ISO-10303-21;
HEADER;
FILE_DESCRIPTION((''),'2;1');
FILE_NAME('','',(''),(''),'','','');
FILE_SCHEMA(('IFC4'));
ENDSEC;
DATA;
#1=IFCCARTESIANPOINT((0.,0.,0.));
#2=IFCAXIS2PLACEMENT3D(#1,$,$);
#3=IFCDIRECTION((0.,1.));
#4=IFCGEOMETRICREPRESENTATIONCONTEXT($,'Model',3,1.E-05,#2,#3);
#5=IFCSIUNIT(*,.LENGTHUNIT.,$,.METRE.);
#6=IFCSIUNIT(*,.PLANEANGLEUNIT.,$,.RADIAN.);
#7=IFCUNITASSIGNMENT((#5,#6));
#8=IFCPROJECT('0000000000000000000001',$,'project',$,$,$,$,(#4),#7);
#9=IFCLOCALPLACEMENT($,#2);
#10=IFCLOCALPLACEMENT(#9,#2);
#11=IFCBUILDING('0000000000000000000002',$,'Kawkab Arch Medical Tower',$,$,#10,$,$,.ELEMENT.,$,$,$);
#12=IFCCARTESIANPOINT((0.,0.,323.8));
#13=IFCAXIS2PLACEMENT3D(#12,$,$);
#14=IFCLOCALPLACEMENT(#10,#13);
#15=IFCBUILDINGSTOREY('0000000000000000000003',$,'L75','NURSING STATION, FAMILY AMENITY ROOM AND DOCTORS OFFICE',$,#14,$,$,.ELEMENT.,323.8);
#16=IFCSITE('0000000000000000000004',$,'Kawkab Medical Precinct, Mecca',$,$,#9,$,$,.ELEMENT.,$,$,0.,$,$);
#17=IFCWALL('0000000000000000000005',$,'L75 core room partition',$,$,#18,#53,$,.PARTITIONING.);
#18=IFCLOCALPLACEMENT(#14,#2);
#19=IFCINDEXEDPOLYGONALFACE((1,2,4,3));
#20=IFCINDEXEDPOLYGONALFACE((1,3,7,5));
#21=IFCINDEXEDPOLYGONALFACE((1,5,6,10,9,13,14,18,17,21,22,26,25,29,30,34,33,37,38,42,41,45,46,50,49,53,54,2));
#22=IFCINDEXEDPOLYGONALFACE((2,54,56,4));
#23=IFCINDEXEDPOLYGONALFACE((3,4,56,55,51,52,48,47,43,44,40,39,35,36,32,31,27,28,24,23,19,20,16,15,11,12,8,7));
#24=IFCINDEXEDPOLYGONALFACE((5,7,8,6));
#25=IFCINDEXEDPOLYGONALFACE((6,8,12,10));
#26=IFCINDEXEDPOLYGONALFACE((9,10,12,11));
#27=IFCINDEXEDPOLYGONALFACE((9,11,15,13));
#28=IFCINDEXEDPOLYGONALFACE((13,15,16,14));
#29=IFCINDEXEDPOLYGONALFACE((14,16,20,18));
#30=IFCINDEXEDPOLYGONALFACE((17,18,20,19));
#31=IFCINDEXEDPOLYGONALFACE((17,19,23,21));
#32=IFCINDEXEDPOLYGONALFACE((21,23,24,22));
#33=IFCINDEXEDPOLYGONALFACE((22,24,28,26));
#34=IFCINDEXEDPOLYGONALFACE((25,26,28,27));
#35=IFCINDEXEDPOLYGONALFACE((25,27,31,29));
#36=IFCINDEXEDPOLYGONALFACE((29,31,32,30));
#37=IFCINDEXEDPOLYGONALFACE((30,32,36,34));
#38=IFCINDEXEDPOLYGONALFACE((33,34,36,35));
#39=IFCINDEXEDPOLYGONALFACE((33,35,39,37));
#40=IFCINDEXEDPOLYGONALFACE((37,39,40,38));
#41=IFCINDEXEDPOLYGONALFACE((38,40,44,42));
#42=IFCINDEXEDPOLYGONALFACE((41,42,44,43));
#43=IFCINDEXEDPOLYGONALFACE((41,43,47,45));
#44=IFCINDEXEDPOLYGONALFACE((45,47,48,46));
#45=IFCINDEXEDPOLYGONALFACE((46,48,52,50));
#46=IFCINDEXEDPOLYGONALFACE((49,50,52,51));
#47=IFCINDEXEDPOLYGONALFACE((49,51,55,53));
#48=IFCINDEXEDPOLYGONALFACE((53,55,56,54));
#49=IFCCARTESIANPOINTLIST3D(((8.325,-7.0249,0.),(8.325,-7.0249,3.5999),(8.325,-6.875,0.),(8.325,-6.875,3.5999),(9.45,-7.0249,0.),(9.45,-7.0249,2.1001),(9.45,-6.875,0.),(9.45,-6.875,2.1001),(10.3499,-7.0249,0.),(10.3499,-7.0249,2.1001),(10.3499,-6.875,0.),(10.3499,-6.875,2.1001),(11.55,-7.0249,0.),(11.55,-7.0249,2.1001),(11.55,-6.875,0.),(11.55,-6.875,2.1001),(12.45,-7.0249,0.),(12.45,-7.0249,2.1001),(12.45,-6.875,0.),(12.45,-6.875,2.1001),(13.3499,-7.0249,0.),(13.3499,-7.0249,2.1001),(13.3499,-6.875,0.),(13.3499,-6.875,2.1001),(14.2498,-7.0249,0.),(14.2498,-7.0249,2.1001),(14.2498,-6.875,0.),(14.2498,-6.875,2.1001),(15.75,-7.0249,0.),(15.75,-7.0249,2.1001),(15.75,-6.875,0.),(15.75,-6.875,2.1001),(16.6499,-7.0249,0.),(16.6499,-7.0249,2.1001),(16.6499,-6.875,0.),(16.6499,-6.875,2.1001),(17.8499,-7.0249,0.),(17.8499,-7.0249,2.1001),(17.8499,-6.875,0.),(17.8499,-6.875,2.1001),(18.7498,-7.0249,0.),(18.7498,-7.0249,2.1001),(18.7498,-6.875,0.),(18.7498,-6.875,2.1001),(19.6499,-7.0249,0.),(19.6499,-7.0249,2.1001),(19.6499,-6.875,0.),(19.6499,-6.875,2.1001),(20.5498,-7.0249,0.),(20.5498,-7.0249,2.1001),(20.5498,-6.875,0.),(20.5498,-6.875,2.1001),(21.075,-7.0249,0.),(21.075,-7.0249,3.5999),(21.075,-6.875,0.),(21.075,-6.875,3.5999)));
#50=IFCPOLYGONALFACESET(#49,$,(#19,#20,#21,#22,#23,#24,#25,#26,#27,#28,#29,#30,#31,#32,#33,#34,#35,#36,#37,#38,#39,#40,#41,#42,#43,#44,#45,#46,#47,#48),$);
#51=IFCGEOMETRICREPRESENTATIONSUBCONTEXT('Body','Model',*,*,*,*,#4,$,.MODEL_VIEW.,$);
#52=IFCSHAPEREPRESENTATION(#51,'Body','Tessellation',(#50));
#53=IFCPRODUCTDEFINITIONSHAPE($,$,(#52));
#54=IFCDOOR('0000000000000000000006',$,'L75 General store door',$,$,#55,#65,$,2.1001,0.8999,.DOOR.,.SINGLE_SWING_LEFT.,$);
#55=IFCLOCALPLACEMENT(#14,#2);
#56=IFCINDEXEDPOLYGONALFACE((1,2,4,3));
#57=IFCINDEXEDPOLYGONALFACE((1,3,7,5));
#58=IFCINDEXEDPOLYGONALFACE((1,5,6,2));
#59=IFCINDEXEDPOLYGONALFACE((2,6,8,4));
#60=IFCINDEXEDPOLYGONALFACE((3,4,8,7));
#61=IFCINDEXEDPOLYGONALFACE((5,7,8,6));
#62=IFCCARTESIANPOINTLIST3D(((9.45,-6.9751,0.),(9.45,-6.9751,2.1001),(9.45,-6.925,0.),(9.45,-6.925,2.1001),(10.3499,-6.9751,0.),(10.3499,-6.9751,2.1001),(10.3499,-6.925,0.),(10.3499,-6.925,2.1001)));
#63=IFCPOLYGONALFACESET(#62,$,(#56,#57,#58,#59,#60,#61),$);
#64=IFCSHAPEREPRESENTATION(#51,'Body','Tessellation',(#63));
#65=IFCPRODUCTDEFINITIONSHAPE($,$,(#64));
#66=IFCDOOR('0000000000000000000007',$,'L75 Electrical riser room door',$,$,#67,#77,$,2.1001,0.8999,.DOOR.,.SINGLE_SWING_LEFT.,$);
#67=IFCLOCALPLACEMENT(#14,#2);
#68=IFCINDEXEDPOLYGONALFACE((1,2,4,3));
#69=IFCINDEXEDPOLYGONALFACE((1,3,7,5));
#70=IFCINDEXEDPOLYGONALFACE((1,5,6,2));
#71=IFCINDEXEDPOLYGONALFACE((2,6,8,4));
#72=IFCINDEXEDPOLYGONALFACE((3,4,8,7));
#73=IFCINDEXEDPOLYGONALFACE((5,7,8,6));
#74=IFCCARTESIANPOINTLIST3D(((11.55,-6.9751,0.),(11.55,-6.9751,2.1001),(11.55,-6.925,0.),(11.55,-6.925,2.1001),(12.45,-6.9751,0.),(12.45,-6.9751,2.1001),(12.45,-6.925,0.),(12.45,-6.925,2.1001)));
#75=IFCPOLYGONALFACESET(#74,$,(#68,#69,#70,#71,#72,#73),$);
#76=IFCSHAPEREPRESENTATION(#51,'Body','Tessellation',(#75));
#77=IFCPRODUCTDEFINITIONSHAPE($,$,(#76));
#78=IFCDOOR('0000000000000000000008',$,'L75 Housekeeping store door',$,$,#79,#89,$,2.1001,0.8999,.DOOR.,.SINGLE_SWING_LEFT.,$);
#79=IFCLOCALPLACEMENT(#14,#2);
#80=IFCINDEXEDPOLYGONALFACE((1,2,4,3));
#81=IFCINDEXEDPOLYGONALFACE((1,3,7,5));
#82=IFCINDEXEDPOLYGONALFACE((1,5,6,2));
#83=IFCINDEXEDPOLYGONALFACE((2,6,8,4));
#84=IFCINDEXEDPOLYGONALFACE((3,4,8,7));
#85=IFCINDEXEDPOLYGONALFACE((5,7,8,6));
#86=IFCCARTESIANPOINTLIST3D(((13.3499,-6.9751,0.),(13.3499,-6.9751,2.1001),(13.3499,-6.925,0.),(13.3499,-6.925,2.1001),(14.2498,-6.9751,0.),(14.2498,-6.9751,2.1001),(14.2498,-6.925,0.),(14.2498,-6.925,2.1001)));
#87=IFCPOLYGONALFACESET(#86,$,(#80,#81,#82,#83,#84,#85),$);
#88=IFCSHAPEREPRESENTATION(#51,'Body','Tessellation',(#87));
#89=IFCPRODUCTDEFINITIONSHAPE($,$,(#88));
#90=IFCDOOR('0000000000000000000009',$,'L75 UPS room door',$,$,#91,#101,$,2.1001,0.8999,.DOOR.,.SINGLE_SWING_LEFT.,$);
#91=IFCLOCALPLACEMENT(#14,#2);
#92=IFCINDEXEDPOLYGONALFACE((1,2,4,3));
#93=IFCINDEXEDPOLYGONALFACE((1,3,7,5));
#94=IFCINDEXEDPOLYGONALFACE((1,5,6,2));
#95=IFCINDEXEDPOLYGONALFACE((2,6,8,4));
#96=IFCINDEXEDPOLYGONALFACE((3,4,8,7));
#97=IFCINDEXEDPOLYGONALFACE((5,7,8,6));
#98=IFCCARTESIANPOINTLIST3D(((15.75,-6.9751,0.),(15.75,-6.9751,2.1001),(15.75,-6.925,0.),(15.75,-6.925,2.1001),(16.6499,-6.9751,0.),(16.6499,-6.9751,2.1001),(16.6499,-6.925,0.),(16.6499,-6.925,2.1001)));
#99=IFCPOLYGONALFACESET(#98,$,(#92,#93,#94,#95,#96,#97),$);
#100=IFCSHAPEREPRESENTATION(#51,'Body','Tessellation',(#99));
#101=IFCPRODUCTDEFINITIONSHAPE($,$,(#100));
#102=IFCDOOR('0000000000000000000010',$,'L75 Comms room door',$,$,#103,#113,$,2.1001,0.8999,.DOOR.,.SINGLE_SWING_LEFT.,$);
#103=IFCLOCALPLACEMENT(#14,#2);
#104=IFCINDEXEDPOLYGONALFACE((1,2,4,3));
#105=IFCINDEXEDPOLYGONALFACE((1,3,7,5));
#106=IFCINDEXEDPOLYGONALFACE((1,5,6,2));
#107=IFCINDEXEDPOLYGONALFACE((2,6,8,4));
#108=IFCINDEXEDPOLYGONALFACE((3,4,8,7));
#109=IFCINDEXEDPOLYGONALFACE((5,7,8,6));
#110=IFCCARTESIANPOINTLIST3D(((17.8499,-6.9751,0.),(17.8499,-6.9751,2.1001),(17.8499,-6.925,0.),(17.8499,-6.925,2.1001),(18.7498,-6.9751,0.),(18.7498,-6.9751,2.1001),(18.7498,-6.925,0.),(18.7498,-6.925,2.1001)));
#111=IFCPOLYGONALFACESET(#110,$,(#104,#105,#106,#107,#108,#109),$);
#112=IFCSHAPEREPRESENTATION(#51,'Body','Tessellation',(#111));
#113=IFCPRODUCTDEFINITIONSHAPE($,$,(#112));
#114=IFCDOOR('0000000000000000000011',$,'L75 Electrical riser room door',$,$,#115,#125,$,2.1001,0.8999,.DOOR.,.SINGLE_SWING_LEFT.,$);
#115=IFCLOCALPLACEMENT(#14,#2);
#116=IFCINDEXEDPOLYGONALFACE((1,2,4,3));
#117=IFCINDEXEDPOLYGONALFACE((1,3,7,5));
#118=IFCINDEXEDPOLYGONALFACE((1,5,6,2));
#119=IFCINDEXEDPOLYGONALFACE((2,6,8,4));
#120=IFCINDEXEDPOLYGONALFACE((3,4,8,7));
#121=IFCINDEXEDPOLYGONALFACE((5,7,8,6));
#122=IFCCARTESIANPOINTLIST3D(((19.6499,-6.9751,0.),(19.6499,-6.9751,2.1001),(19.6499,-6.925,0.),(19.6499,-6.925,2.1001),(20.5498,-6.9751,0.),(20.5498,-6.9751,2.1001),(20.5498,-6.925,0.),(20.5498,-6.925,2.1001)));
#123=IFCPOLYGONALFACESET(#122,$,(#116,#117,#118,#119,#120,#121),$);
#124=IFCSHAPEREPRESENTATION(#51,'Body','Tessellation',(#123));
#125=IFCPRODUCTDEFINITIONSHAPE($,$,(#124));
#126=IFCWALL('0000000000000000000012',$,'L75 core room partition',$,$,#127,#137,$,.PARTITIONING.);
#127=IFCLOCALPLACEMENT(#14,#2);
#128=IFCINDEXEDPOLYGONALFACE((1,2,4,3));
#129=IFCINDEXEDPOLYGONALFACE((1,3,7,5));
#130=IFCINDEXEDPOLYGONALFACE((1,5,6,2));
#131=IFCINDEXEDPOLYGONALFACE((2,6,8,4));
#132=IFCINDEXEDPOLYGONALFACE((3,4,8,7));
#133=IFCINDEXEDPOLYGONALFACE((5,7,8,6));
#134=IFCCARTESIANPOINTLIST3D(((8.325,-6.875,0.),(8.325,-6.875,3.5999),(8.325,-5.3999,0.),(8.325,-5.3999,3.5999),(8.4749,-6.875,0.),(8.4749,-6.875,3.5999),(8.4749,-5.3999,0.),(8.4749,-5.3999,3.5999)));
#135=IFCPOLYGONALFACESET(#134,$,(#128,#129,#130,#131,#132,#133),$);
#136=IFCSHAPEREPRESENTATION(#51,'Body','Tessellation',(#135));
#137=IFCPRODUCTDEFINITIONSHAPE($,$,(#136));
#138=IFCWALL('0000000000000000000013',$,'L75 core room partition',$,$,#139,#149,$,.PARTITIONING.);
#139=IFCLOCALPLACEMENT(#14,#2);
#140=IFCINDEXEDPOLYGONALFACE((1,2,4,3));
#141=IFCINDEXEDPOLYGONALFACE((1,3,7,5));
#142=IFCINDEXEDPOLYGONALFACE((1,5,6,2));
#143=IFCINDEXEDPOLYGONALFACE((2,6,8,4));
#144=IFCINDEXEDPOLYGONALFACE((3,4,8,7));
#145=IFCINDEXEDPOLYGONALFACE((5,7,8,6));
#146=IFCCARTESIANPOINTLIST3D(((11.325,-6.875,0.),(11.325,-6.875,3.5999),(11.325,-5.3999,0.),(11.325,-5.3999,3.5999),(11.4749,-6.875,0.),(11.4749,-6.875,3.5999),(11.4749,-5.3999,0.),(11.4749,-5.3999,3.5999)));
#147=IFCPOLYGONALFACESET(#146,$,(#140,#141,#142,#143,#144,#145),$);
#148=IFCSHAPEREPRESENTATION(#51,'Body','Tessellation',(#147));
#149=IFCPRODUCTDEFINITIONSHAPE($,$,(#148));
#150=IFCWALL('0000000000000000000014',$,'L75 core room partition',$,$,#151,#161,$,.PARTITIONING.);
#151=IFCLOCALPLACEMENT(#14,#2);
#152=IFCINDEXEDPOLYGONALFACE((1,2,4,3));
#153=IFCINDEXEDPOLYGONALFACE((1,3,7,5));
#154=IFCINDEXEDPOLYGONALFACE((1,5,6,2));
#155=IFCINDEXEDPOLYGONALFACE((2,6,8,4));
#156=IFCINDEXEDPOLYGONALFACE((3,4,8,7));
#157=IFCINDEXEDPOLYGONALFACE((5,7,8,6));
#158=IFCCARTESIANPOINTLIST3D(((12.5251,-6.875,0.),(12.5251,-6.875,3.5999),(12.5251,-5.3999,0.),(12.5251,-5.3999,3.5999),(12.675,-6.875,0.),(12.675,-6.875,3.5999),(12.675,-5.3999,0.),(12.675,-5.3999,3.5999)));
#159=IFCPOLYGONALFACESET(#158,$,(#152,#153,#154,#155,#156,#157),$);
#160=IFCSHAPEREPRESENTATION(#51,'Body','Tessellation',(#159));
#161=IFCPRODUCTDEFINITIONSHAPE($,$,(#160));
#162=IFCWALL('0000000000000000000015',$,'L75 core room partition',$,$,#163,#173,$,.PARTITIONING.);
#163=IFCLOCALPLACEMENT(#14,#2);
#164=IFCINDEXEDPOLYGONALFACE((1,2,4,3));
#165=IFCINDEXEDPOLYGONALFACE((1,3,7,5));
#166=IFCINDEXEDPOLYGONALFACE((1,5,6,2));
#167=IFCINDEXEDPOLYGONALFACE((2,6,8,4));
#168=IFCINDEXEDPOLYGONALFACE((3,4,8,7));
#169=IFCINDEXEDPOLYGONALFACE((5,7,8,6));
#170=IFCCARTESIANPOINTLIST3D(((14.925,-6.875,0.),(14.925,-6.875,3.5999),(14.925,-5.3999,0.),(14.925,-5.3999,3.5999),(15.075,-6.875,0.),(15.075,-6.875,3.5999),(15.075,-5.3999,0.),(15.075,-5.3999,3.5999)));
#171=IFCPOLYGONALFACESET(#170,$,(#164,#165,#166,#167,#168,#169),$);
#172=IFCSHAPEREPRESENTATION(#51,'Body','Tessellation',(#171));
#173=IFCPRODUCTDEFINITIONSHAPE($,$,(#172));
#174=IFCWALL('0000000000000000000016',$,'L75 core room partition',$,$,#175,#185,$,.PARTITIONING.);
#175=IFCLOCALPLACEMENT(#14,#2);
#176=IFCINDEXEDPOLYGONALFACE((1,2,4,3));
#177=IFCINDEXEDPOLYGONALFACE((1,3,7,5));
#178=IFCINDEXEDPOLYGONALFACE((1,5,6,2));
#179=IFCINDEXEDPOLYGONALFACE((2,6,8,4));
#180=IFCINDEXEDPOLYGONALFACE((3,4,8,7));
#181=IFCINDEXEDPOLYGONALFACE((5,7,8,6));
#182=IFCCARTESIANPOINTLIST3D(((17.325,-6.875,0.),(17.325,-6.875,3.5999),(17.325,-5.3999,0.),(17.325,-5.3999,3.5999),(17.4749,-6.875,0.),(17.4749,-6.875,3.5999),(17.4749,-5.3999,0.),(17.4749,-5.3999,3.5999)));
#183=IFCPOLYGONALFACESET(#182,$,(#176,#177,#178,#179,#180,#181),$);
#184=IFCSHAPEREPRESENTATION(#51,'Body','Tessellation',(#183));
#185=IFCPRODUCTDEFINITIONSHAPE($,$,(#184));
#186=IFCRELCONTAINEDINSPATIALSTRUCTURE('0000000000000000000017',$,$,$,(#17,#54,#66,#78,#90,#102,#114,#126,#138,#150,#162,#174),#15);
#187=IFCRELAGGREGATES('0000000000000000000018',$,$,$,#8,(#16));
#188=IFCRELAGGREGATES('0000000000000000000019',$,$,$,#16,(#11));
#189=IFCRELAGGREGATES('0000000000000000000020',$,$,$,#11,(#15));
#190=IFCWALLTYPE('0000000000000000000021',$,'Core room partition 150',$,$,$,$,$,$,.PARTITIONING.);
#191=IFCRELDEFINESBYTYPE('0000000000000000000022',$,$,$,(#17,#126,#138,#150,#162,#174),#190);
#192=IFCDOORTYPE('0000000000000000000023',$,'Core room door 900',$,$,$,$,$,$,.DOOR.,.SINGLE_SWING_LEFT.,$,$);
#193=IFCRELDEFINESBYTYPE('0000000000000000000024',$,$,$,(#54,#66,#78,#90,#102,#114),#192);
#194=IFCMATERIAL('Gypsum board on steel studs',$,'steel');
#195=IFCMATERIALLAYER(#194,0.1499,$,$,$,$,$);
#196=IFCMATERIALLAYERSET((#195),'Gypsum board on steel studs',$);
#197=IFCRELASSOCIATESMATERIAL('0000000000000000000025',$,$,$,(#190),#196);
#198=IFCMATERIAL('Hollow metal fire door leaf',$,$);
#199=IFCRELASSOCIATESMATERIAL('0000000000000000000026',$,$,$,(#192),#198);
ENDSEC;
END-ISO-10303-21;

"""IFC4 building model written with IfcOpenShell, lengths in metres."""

from ifc_helpers import new_model, si_unit, direction, frame, frame_2d, origin, place, context, subcontext, project, spatial, rectangle, extrude, material, layer, layer_set, type_object, element, fill, save


model = new_model("IFC4")

# Units and contexts
model_context = context("Model", 3, precision=1e-05, world=origin(), true_north=direction((0.0, 1.0)))
body_context = subcontext(model_context, "Body", "Model", "MODEL_VIEW")
ifc_project = project(units=[si_unit("LENGTHUNIT", "METRE"), si_unit("PLANEANGLEUNIT", "RADIAN")], contexts=[model_context])

# Site, building, storey
site_placement = place(None, origin())
site = spatial("IfcSite", under=ifc_project, at=site_placement, Name="Kawkab Medical Precinct, Mecca", CompositionType="ELEMENT", RefElevation=0.0)
building_placement = place(site_placement, origin())
building = spatial("IfcBuilding", under=site, at=building_placement, Name="Kawkab Arch Medical Tower", CompositionType="ELEMENT")
storey_placement = place(building_placement, frame((0.0, 0.0, 323.8)))
storey = spatial("IfcBuildingStorey", under=building, at=storey_placement, Name="L75", Description="NURSING STATION, FAMILY AMENITY ROOM AND DOCTORS OFFICE", CompositionType="ELEMENT", Elevation=323.8)

# Wall, openings, doors
ifc_material_1 = material(Name="Gypsum board on steel studs", Category="steel")
ifc_layer_1 = layer(ifc_material_1, 0.1499)
ifc_layer_set_1 = layer_set([ifc_layer_1], Name="Gypsum board on steel studs")
wall_type_1 = type_object("IfcWallType", Name="Core room partition 150", PredefinedType="PARTITIONING", material=ifc_layer_set_1)
wall_1_placement = place(storey_placement, frame((8.325, -6.95, 0.0), z_axis=(0.0, 0.0, 1.0), x_axis=(1.0, 0.0, 0.0)))
wall_1 = element("IfcWall", 1, at=wall_1_placement, inside=storey, type_object=wall_type_1, Name="L75 core room partition", PredefinedType="PARTITIONING", context=body_context, shape_type="SweptSolid", body=[
    extrude(rectangle(XDim=12.75, YDim=0.1499, at=frame_2d((6.375, 0.0))), origin(), (0.0, 0.0, 1.0), 3.5999),
])
opening_1_placement = place(wall_1_placement, frame((1.125, 0.0, 0.0)))
opening_1 = element("IfcOpeningElement", 2, at=opening_1_placement, cuts=wall_1, PredefinedType="OPENING", context=body_context, shape_type="SweptSolid", body=[
    extrude(rectangle(XDim=0.8999, YDim=2.1001, at=frame_2d((0.45, 1.05))), frame((0.0, 0.085, 0.0), z_axis=(0.0, -1.0, 0.0), x_axis=(1.0, 0.0, 0.0)), (0.0, 0.0, 1.0), 0.1699),
])
opening_2_placement = place(wall_1_placement, frame((3.2251, 0.0, 0.0)))
opening_2 = element("IfcOpeningElement", 3, at=opening_2_placement, cuts=wall_1, PredefinedType="OPENING", context=body_context, shape_type="SweptSolid", body=[
    extrude(rectangle(XDim=0.8999, YDim=2.1001, at=frame_2d((0.45, 1.05))), frame((0.0, 0.085, 0.0), z_axis=(0.0, -1.0, 0.0), x_axis=(1.0, 0.0, 0.0)), (0.0, 0.0, 1.0), 0.1699),
])
opening_3_placement = place(wall_1_placement, frame((5.0249, 0.0, 0.0)))
opening_3 = element("IfcOpeningElement", 4, at=opening_3_placement, cuts=wall_1, PredefinedType="OPENING", context=body_context, shape_type="SweptSolid", body=[
    extrude(rectangle(XDim=0.8999, YDim=2.1001, at=frame_2d((0.45, 1.05))), frame((0.0, 0.085, 0.0), z_axis=(0.0, -1.0, 0.0), x_axis=(1.0, 0.0, 0.0)), (0.0, 0.0, 1.0), 0.1699),
])
opening_4_placement = place(wall_1_placement, frame((7.425, 0.0, 0.0)))
opening_4 = element("IfcOpeningElement", 5, at=opening_4_placement, cuts=wall_1, PredefinedType="OPENING", context=body_context, shape_type="SweptSolid", body=[
    extrude(rectangle(XDim=0.8999, YDim=2.1001, at=frame_2d((0.45, 1.05))), frame((0.0, 0.085, 0.0), z_axis=(0.0, -1.0, 0.0), x_axis=(1.0, 0.0, 0.0)), (0.0, 0.0, 1.0), 0.1699),
])
opening_5_placement = place(wall_1_placement, frame((9.5249, 0.0, 0.0)))
opening_5 = element("IfcOpeningElement", 6, at=opening_5_placement, cuts=wall_1, PredefinedType="OPENING", context=body_context, shape_type="SweptSolid", body=[
    extrude(rectangle(XDim=0.8999, YDim=2.1001, at=frame_2d((0.45, 1.05))), frame((0.0, 0.085, 0.0), z_axis=(0.0, -1.0, 0.0), x_axis=(1.0, 0.0, 0.0)), (0.0, 0.0, 1.0), 0.1699),
])
opening_6_placement = place(wall_1_placement, frame((11.325, 0.0, 0.0)))
opening_6 = element("IfcOpeningElement", 7, at=opening_6_placement, cuts=wall_1, PredefinedType="OPENING", context=body_context, shape_type="SweptSolid", body=[
    extrude(rectangle(XDim=0.8999, YDim=2.1001, at=frame_2d((0.45, 1.05))), frame((0.0, 0.085, 0.0), z_axis=(0.0, -1.0, 0.0), x_axis=(1.0, 0.0, 0.0)), (0.0, 0.0, 1.0), 0.1699),
])
ifc_material_2 = material(Name="Hollow metal fire door leaf")
door_type = type_object("IfcDoorType", Name="Core room door 900", OperationType="SINGLE_SWING_LEFT", PredefinedType="DOOR", material=ifc_material_2)
door_1_placement = place(opening_1_placement, origin())
door_1 = element("IfcDoor", 8, at=door_1_placement, inside=storey, type_object=door_type, Name="L75 General store door", OperationType="SINGLE_SWING_LEFT", OverallHeight=2.1001, OverallWidth=0.8999, PredefinedType="DOOR", context=body_context, shape_type="SweptSolid", body=[
    extrude(rectangle(XDim=0.8999, YDim=2.1001, at=frame_2d((0.45, 1.05))), frame((0.0, 0.0249, 0.0), z_axis=(0.0, -1.0, 0.0), x_axis=(1.0, 0.0, 0.0)), (0.0, 0.0, 1.0), 0.05),
])
fill(opening_1, door_1)
door_2_placement = place(opening_2_placement, origin())
door_2 = element("IfcDoor", 9, at=door_2_placement, inside=storey, type_object=door_type, Name="L75 Electrical riser room door", OperationType="SINGLE_SWING_LEFT", OverallHeight=2.1001, OverallWidth=0.8999, PredefinedType="DOOR", context=body_context, shape_type="SweptSolid", body=[
    extrude(rectangle(XDim=0.8999, YDim=2.1001, at=frame_2d((0.45, 1.05))), frame((0.0, 0.0249, 0.0), z_axis=(0.0, -1.0, 0.0), x_axis=(1.0, 0.0, 0.0)), (0.0, 0.0, 1.0), 0.05),
])
fill(opening_2, door_2)
door_3_placement = place(opening_3_placement, origin())
door_3 = element("IfcDoor", 10, at=door_3_placement, inside=storey, type_object=door_type, Name="L75 Housekeeping store door", OperationType="SINGLE_SWING_LEFT", OverallHeight=2.1001, OverallWidth=0.8999, PredefinedType="DOOR", context=body_context, shape_type="SweptSolid", body=[
    extrude(rectangle(XDim=0.8999, YDim=2.1001, at=frame_2d((0.45, 1.05))), frame((0.0, 0.0249, 0.0), z_axis=(0.0, -1.0, 0.0), x_axis=(1.0, 0.0, 0.0)), (0.0, 0.0, 1.0), 0.05),
])
fill(opening_3, door_3)
door_4_placement = place(opening_4_placement, origin())
door_4 = element("IfcDoor", 11, at=door_4_placement, inside=storey, type_object=door_type, Name="L75 UPS room door", OperationType="SINGLE_SWING_LEFT", OverallHeight=2.1001, OverallWidth=0.8999, PredefinedType="DOOR", context=body_context, shape_type="SweptSolid", body=[
    extrude(rectangle(XDim=0.8999, YDim=2.1001, at=frame_2d((0.45, 1.05))), frame((0.0, 0.0249, 0.0), z_axis=(0.0, -1.0, 0.0), x_axis=(1.0, 0.0, 0.0)), (0.0, 0.0, 1.0), 0.05),
])
fill(opening_4, door_4)
door_5_placement = place(opening_5_placement, origin())
door_5 = element("IfcDoor", 12, at=door_5_placement, inside=storey, type_object=door_type, Name="L75 Comms room door", OperationType="SINGLE_SWING_LEFT", OverallHeight=2.1001, OverallWidth=0.8999, PredefinedType="DOOR", context=body_context, shape_type="SweptSolid", body=[
    extrude(rectangle(XDim=0.8999, YDim=2.1001, at=frame_2d((0.45, 1.05))), frame((0.0, 0.0249, 0.0), z_axis=(0.0, -1.0, 0.0), x_axis=(1.0, 0.0, 0.0)), (0.0, 0.0, 1.0), 0.05),
])
fill(opening_5, door_5)
door_6_placement = place(opening_6_placement, origin())
door_6 = element("IfcDoor", 13, at=door_6_placement, inside=storey, type_object=door_type, Name="L75 Electrical riser room door", OperationType="SINGLE_SWING_LEFT", OverallHeight=2.1001, OverallWidth=0.8999, PredefinedType="DOOR", context=body_context, shape_type="SweptSolid", body=[
    extrude(rectangle(XDim=0.8999, YDim=2.1001, at=frame_2d((0.45, 1.05))), frame((0.0, 0.0249, 0.0), z_axis=(0.0, -1.0, 0.0), x_axis=(1.0, 0.0, 0.0)), (0.0, 0.0, 1.0), 0.05),
])
fill(opening_6, door_6)

# Walls
for number, where, z_axis, x_axis, name in (
    (14, (8.3999, -6.875, 0.0), (0.0, 0.0, 1.0), (0.0, 1.0, 0.0), "L75 core room partition"),
    (15, (11.3999, -6.875, 0.0), (0.0, 0.0, 1.0), (0.0, 1.0, 0.0), "L75 core room partition"),
    (16, (12.6001, -6.875, 0.0), (0.0, 0.0, 1.0), (0.0, 1.0, 0.0), "L75 core room partition"),
    (17, (15.0, -6.875, 0.0), (0.0, 0.0, 1.0), (0.0, 1.0, 0.0), "L75 core room partition"),
    (18, (17.3999, -6.875, 0.0), (0.0, 0.0, 1.0), (0.0, 1.0, 0.0), "L75 core room partition"),
):
    element("IfcWall", number, at=place(storey_placement, frame(where, z_axis=z_axis, x_axis=x_axis)), inside=storey, type_object=wall_type_1, Name=name, PredefinedType="PARTITIONING", context=body_context, shape_type="SweptSolid", body=[
        extrude(rectangle(XDim=1.4751, YDim=0.1499, at=frame_2d((0.7375, 0.0))), origin(), (0.0, 0.0, 1.0), 3.5999),
    ])

save(model, "model.ifc")
